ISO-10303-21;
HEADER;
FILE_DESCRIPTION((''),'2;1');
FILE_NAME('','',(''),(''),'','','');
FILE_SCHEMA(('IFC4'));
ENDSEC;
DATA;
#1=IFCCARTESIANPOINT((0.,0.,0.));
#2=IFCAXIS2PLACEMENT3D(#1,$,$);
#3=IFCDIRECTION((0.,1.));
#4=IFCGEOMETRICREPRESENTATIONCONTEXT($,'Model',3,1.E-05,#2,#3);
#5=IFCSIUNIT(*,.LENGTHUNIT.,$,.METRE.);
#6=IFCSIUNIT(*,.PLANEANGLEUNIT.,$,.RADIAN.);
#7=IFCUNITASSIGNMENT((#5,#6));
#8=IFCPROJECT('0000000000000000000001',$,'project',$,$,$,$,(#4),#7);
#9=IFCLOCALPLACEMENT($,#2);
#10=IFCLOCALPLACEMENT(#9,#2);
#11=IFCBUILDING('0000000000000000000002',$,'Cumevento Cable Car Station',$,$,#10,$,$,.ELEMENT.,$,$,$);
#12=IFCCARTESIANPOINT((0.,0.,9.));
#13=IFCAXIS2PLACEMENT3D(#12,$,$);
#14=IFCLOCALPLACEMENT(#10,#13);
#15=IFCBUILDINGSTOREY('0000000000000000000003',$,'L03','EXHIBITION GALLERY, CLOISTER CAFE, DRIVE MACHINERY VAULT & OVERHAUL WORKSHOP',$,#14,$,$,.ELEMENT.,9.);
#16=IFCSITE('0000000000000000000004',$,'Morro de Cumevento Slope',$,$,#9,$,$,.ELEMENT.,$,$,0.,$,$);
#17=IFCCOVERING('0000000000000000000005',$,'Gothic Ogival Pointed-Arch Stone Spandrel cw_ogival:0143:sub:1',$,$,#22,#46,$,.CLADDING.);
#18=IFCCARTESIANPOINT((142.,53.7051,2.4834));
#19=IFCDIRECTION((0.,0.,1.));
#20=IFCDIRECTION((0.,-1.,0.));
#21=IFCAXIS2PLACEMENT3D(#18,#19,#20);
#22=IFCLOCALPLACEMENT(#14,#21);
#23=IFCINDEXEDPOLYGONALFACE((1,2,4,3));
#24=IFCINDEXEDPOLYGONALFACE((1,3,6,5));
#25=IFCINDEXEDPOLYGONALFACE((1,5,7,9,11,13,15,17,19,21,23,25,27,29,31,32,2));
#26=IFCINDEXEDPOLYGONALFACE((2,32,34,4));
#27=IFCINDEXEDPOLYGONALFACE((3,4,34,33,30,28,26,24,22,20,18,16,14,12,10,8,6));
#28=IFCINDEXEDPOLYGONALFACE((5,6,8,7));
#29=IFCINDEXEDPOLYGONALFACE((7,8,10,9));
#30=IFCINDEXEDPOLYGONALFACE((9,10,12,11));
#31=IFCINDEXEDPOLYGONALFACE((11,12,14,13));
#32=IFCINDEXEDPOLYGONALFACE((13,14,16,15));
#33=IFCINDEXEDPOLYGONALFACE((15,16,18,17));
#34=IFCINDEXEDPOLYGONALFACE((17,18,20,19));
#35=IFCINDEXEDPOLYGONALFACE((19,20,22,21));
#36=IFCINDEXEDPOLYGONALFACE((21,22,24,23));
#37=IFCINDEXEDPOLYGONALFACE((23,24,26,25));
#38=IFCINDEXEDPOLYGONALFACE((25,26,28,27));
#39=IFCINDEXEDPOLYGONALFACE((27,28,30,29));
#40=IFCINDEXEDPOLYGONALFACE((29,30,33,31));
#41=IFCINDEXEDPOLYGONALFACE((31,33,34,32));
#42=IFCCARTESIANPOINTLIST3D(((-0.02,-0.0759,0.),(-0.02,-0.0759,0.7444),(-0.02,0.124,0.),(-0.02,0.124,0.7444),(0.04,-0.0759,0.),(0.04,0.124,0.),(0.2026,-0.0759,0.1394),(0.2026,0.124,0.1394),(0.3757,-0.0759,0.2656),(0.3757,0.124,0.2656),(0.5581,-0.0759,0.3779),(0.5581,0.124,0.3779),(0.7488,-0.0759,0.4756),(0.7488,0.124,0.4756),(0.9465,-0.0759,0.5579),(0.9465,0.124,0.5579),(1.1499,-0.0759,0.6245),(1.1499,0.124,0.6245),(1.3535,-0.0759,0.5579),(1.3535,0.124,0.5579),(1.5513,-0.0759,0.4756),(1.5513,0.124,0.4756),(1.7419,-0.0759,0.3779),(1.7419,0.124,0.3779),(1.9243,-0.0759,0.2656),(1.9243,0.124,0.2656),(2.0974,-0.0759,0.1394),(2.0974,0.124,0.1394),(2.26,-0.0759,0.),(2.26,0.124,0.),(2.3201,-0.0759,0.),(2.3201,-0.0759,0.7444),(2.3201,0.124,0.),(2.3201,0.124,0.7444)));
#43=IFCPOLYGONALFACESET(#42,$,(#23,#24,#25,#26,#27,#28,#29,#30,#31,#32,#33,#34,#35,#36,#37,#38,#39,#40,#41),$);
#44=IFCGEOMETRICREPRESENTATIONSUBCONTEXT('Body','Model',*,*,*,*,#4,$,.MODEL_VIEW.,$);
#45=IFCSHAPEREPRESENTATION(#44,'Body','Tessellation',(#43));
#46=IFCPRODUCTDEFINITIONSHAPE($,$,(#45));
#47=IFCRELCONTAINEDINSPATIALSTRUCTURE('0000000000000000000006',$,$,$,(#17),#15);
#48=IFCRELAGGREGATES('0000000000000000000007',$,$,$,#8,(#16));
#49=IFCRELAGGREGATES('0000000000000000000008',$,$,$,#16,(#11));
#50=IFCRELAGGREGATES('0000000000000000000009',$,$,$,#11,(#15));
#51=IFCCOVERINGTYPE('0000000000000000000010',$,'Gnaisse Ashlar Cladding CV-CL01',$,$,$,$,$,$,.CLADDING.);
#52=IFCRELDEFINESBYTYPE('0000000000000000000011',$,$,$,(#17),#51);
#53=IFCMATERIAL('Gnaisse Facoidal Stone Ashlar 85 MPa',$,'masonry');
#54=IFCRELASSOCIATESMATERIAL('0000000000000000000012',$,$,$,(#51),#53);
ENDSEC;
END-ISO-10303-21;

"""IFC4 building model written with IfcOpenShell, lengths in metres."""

from ifc_helpers import new_model, si_unit, direction, frame, origin, place, context, subcontext, project, spatial, polyline, outline, extrude, material, type_object, element, save


model = new_model("IFC4")

# Units and contexts
model_context = context("Model", 3, precision=1e-05, world=origin(), true_north=direction((0.0, 1.0)))
body_context = subcontext(model_context, "Body", "Model", "MODEL_VIEW")
ifc_project = project(units=[si_unit("LENGTHUNIT", "METRE"), si_unit("PLANEANGLEUNIT", "RADIAN")], contexts=[model_context])

# Site, building, storey
site_placement = place(None, origin())
site = spatial("IfcSite", under=ifc_project, at=site_placement, Name="Morro de Cumevento Slope", CompositionType="ELEMENT", RefElevation=0.0)
building_placement = place(site_placement, origin())
building = spatial("IfcBuilding", under=site, at=building_placement, Name="Cumevento Cable Car Station", CompositionType="ELEMENT")
storey_placement = place(building_placement, frame((0.0, 0.0, 9.0)))
storey = spatial("IfcBuildingStorey", under=building, at=storey_placement, Name="L03", Description="EXHIBITION GALLERY, CLOISTER CAFE, DRIVE MACHINERY VAULT & OVERHAUL WORKSHOP", CompositionType="ELEMENT", Elevation=9.0)

# Covering
ifc_material_1 = material(Name="Gnaisse Facoidal Stone Ashlar 85 MPa", Category="masonry")
covering_type = type_object("IfcCoveringType", Name="Gnaisse Ashlar Cladding CV-CL01", PredefinedType="CLADDING", material=ifc_material_1)
for number, where, z_axis, x_axis, name in (
    (1, (142.0, 53.7051, 2.4834), (0.0, 0.0, 1.0), (0.0, -1.0, 0.0), "Gothic Ogival Pointed-Arch Stone Spandrel cw_ogival:0143:sub:1"),
):
    element("IfcCovering", number, at=place(storey_placement, frame(where, z_axis=z_axis, x_axis=x_axis)), inside=storey, type_object=covering_type, Name=name, PredefinedType="CLADDING", context=body_context, shape_type="SweptSolid", body=[
        extrude(outline(polyline([(-0.02, 0.0), (-0.02, 0.7444), (2.3201, 0.7444), (2.3201, 0.0), (2.26, 0.0), (2.0974, 0.1394), (1.9243, 0.2656), (1.7419, 0.3779), (1.5513, 0.4756), (1.3535, 0.5579), (1.1499, 0.6245), (0.9465, 0.5579), (0.7488, 0.4756), (0.5581, 0.3779), (0.3757, 0.2656), (0.2026, 0.1394), (0.04, 0.0), (-0.02, 0.0)])), frame((0.0, 0.124, 0.0), z_axis=(0.0, -1.0, 0.0), x_axis=(1.0, 0.0, 0.0)), (0.0, 0.0, 1.0), 0.2),
    ])

save(model, "model.ifc")
